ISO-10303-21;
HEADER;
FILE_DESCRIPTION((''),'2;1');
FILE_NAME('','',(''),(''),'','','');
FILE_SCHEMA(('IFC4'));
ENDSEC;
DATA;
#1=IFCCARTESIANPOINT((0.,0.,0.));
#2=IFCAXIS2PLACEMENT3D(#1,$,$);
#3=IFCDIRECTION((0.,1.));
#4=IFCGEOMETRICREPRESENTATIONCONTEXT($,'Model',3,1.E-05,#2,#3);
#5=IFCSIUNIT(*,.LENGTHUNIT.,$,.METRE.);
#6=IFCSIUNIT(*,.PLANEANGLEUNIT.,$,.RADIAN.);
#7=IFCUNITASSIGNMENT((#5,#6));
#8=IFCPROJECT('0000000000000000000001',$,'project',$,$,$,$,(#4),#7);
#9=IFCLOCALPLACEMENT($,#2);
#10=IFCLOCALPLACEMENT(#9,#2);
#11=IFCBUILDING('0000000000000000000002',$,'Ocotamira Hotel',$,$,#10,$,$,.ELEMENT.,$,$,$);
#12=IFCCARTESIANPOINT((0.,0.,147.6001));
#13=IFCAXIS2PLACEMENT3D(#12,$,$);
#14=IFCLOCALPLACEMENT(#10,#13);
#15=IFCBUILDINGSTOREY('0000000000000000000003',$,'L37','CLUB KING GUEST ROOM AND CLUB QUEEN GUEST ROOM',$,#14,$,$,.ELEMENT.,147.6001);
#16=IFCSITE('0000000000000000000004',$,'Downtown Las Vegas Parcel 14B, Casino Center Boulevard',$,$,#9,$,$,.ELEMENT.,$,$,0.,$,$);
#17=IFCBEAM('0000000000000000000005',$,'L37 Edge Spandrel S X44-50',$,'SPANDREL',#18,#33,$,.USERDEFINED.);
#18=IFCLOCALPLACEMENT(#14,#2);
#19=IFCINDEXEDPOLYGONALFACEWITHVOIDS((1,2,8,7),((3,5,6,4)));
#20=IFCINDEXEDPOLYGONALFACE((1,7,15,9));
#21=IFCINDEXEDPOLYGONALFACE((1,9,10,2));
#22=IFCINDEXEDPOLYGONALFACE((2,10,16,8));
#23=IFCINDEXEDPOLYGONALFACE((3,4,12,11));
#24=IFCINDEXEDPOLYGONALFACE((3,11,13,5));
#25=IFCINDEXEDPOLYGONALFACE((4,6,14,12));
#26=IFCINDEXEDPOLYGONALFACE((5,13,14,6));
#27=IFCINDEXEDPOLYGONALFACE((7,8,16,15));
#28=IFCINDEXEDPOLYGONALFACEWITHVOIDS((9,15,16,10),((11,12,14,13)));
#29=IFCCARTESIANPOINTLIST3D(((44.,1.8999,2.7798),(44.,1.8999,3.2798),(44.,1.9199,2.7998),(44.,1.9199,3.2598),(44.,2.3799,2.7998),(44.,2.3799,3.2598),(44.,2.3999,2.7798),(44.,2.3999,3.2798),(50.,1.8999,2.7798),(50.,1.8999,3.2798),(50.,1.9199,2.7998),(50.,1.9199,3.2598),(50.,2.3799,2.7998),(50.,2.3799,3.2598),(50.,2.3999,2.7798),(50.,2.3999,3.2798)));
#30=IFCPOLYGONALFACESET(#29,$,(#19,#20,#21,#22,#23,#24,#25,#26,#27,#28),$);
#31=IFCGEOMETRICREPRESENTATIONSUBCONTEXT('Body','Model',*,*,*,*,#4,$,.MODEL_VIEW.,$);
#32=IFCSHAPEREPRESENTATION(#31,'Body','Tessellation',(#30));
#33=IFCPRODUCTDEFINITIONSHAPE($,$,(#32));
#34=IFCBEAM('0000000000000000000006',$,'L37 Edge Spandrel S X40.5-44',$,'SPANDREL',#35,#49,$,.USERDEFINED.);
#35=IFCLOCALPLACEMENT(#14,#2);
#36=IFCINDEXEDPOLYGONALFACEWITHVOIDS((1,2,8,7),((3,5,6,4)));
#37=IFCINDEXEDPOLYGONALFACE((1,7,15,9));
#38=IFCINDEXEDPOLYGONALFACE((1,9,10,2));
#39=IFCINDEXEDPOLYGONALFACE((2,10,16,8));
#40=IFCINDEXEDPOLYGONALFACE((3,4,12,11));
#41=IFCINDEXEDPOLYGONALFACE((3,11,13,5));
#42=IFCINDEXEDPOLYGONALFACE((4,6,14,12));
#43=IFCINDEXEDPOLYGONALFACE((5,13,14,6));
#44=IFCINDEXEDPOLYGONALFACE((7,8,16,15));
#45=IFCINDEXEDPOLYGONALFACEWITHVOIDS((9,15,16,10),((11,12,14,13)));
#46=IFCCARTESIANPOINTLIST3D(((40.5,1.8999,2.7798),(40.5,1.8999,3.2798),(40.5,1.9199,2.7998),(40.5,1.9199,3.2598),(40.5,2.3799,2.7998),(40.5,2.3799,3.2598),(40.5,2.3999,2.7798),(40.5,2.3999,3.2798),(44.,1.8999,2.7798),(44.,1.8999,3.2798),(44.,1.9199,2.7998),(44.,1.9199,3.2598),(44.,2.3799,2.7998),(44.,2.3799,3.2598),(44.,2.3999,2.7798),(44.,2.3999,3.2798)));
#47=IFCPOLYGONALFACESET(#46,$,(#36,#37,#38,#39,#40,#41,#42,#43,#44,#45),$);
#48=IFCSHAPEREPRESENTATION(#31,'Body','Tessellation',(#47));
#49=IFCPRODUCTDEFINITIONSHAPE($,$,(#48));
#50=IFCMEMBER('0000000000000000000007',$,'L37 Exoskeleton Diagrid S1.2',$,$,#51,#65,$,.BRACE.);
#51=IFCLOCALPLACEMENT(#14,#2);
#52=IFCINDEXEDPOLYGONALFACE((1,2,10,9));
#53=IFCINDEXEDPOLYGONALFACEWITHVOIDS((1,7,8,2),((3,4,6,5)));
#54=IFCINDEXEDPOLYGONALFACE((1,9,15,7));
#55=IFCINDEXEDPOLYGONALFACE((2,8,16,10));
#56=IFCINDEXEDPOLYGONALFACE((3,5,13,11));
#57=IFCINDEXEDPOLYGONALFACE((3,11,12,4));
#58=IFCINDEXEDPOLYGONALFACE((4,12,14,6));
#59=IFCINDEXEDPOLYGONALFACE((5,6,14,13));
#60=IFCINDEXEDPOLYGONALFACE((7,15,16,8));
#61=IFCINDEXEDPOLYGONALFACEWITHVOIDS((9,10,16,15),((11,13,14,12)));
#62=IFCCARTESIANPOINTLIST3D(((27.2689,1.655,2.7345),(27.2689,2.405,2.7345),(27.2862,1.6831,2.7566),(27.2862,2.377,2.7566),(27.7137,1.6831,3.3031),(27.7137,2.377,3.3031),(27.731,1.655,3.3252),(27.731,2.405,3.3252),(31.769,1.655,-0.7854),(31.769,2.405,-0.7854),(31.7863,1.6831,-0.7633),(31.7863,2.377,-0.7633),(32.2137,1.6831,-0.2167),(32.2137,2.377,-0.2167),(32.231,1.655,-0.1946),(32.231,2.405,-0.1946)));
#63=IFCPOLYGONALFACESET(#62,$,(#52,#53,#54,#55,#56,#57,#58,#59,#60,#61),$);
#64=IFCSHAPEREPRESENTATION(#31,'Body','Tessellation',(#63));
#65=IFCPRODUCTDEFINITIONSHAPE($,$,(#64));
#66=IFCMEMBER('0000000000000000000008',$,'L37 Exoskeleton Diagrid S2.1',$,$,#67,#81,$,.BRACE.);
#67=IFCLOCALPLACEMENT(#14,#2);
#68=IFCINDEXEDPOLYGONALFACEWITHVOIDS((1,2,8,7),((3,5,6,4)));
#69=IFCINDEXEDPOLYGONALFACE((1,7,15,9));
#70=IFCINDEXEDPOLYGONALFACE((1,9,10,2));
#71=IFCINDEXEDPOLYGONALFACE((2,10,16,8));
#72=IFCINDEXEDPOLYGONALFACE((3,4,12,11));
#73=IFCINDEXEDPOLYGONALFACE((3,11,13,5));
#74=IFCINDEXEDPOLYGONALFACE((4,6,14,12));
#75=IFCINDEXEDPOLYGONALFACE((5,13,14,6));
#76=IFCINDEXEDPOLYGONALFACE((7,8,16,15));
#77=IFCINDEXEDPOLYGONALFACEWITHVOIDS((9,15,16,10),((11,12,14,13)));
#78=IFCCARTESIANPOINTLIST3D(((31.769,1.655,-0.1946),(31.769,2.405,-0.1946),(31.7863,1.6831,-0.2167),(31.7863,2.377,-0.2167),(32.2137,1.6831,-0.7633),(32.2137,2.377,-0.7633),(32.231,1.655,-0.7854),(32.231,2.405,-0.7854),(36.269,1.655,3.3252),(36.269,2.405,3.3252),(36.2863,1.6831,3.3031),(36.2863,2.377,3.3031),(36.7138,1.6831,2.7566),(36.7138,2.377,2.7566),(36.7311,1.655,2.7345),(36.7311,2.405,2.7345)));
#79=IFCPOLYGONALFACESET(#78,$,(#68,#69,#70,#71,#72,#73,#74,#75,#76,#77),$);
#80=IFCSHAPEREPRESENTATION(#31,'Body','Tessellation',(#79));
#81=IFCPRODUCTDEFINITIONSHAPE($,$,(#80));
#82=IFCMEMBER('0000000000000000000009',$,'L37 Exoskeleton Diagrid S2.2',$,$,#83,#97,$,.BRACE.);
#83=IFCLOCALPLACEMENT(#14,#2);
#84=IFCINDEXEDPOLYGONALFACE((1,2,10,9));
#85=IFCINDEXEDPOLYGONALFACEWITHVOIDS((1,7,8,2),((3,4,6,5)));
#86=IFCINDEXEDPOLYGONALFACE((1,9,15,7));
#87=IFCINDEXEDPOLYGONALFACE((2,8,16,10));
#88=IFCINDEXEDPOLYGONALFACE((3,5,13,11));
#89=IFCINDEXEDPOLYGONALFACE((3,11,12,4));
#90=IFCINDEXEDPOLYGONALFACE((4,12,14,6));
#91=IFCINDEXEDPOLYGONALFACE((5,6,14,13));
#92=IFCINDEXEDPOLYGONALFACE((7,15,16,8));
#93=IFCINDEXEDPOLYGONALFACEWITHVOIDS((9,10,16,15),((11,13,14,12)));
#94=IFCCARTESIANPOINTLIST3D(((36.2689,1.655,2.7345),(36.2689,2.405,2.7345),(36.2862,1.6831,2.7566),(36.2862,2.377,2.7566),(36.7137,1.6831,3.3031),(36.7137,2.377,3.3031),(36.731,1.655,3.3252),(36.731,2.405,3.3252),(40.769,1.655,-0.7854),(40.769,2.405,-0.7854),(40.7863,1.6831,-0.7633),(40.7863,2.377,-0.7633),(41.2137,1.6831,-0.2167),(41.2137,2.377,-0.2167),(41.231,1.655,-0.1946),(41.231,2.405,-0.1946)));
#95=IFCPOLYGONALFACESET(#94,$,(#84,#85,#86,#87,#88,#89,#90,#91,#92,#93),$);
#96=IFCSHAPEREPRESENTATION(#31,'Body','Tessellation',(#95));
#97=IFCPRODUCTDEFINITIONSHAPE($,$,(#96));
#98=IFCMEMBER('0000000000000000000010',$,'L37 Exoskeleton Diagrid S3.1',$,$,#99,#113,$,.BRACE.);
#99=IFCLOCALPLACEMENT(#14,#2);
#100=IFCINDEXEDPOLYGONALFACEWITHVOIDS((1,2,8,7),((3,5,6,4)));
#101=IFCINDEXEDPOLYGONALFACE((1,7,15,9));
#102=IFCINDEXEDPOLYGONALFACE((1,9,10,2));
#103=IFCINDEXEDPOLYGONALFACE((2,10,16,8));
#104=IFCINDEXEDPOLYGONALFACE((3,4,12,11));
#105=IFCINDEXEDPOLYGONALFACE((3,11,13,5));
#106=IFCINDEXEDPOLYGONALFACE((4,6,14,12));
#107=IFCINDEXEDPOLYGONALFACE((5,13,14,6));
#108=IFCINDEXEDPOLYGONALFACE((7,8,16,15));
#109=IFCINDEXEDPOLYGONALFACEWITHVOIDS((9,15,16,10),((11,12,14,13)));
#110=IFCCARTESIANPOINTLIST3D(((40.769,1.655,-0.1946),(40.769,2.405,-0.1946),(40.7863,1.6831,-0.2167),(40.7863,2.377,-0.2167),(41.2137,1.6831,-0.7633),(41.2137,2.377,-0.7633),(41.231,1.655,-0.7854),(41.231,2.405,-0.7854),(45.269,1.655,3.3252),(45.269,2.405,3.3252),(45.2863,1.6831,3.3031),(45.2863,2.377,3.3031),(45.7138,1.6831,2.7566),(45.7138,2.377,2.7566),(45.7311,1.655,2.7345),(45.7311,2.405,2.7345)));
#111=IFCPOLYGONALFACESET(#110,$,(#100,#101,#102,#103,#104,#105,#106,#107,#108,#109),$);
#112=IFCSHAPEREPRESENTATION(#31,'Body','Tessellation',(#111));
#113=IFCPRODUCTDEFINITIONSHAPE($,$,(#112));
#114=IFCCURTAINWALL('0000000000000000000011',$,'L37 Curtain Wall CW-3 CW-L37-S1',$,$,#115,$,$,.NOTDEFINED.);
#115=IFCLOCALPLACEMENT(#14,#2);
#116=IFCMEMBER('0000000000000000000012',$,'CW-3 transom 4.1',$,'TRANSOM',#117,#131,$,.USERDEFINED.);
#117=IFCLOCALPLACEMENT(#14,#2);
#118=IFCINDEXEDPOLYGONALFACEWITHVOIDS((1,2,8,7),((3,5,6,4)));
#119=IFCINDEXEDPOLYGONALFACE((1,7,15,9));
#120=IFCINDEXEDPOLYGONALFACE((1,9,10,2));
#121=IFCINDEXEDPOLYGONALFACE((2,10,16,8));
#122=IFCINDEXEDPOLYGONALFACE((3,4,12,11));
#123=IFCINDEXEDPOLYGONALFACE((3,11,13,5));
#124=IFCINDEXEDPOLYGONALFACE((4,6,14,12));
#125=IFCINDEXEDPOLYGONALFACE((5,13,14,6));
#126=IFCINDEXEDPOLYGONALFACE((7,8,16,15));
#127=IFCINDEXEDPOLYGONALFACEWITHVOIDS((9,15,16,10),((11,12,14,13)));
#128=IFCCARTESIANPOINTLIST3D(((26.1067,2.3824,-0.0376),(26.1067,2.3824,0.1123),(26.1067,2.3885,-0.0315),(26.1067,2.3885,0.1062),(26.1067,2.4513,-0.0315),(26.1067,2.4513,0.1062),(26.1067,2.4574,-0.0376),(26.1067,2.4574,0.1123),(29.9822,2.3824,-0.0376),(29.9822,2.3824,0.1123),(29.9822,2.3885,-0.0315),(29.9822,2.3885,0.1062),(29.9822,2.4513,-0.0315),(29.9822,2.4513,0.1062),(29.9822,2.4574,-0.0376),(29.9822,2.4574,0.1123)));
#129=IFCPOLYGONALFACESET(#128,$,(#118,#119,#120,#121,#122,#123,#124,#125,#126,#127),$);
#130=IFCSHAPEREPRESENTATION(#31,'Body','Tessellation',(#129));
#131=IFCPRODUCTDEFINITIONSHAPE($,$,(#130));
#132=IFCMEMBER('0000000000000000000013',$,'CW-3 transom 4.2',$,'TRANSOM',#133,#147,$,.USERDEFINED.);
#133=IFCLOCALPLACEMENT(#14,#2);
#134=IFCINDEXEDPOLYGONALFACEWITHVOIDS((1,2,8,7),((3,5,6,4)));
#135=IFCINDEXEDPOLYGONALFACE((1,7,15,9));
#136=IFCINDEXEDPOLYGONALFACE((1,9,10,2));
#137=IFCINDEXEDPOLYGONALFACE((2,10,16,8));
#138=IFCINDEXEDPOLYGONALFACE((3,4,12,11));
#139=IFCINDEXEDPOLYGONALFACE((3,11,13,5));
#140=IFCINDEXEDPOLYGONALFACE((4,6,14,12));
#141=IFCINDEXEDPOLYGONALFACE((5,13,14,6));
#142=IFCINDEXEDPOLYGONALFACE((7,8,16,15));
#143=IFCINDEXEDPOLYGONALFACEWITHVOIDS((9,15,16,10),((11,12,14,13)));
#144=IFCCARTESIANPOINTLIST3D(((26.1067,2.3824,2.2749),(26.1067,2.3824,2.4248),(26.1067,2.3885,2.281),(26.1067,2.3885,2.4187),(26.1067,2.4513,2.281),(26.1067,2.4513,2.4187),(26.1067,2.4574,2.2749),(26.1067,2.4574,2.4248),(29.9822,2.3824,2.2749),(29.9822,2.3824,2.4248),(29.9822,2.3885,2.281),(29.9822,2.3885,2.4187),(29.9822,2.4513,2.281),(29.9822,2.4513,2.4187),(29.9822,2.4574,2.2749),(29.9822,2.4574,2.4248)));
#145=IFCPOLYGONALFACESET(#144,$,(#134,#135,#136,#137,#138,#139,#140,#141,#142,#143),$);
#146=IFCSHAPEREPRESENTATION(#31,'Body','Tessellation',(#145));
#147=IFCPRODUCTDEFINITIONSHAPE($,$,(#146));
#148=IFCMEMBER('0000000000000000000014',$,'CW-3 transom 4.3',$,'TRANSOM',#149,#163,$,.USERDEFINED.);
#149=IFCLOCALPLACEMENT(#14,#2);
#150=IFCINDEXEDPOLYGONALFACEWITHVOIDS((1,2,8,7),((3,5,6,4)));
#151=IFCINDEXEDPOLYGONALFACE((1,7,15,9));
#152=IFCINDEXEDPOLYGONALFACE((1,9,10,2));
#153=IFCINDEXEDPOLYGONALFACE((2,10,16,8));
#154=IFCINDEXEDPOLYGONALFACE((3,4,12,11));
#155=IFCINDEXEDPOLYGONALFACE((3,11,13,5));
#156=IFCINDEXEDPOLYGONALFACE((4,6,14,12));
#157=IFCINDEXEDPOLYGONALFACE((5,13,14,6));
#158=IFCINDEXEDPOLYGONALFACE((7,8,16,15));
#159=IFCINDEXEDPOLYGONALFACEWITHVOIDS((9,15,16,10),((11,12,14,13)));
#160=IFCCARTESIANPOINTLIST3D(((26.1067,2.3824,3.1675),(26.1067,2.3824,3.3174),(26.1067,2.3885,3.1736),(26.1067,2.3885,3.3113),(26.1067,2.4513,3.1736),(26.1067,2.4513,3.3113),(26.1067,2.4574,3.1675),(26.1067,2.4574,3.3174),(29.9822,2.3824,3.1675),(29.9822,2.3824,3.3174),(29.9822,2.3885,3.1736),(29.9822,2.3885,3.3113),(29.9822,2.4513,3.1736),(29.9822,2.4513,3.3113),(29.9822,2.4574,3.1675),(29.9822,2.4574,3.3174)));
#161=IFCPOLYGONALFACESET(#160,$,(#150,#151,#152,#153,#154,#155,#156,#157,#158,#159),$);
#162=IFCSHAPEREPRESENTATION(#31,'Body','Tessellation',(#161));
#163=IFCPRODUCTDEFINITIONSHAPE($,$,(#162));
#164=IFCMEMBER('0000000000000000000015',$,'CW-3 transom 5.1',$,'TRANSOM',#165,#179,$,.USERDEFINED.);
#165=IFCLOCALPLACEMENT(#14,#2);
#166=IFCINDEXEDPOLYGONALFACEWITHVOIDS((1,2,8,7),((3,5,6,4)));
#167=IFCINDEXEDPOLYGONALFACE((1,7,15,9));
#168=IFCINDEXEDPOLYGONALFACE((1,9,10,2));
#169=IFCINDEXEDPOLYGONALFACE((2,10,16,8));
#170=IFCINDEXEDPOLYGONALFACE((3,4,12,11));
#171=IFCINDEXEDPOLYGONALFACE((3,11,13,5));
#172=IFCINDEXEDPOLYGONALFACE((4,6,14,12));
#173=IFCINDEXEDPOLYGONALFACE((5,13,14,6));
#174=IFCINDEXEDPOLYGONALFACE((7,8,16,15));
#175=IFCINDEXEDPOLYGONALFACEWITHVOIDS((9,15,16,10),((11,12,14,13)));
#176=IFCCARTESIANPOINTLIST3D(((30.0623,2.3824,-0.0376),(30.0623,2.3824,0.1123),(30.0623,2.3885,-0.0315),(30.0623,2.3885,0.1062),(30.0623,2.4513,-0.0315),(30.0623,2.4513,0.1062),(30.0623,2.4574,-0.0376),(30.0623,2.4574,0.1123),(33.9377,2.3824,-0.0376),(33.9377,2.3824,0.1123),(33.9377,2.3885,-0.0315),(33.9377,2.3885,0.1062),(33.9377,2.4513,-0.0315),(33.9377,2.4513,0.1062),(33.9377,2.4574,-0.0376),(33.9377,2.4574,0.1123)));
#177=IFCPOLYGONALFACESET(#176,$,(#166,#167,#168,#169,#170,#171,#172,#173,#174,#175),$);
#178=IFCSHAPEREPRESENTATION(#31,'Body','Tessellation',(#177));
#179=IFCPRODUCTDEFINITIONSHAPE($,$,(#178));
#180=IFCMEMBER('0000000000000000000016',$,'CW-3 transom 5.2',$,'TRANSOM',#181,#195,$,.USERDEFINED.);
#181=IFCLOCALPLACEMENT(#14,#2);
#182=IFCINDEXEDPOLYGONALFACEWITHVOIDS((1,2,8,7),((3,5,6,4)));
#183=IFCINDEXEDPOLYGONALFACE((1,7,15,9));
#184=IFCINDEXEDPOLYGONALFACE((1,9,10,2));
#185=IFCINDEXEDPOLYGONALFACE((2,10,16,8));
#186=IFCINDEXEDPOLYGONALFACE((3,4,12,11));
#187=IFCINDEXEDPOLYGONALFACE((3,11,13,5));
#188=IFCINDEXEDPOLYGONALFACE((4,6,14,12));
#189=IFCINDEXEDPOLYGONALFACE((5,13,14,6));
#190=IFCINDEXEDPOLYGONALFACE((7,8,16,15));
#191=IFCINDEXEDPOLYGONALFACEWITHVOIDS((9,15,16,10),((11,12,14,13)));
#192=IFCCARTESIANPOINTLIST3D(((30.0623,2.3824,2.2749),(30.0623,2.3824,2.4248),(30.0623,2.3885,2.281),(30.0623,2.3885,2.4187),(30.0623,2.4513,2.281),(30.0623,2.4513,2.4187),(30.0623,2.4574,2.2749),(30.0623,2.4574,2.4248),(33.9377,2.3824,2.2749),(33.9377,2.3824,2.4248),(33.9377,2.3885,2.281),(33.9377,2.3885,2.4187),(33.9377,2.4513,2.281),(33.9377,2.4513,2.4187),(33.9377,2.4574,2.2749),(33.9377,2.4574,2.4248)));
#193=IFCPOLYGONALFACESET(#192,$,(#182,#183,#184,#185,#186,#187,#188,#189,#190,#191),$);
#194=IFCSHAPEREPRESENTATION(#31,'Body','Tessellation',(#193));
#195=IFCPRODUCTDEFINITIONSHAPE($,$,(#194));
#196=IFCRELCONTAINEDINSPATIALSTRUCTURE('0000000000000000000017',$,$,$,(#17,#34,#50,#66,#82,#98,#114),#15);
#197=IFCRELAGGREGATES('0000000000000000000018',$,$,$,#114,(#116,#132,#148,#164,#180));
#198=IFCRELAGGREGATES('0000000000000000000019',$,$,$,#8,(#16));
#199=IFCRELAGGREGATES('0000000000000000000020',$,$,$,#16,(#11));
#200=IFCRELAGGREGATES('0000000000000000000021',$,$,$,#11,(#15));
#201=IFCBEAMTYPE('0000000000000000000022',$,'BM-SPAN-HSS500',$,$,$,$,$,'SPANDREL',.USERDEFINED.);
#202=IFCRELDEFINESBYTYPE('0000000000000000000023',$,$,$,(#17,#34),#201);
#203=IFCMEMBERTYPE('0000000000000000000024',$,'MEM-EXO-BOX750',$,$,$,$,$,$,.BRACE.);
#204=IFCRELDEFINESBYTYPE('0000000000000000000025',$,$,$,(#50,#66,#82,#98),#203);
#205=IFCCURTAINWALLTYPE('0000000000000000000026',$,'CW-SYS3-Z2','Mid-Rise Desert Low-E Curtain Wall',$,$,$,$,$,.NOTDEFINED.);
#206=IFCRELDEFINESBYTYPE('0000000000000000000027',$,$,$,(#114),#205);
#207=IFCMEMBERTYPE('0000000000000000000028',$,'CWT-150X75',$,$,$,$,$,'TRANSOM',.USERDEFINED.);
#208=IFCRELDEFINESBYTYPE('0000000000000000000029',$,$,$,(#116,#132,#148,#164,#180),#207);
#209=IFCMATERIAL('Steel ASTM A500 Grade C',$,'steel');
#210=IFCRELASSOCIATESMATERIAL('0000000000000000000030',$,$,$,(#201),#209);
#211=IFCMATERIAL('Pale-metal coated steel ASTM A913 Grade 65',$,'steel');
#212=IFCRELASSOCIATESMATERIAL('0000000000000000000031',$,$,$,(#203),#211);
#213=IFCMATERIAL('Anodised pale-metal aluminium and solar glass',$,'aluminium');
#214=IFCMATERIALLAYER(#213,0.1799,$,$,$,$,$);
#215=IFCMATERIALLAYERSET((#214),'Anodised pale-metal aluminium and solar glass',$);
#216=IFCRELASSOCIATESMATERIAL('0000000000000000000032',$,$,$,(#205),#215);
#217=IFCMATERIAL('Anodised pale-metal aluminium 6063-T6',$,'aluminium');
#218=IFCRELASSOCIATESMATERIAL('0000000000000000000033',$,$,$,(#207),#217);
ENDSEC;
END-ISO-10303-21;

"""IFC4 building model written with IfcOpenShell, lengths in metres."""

from ifc_helpers import new_model, si_unit, direction, frame, origin, origin_2d, place, context, subcontext, project, spatial, hollow_rectangle, extrude, source, transform, mapped, material, layer, layer_set, material_profile, profile_set, type_object, element, aggregate, save


model = new_model("IFC4")

# Units and contexts
model_context = context("Model", 3, precision=1e-05, world=origin(), true_north=direction((0.0, 1.0)))
body_context = subcontext(model_context, "Body", "Model", "MODEL_VIEW")
ifc_project = project(units=[si_unit("LENGTHUNIT", "METRE"), si_unit("PLANEANGLEUNIT", "RADIAN")], contexts=[model_context])

# Site, building, storey
site_placement = place(None, origin())
site = spatial("IfcSite", under=ifc_project, at=site_placement, Name="Downtown Las Vegas Parcel 14B, Casino Center Boulevard", CompositionType="ELEMENT", RefElevation=0.0)
building_placement = place(site_placement, origin())
building = spatial("IfcBuilding", under=site, at=building_placement, Name="Ocotamira Hotel", CompositionType="ELEMENT")
storey_placement = place(building_placement, frame((0.0, 0.0, 147.6001)))
storey = spatial("IfcBuildingStorey", under=building, at=storey_placement, Name="L37", Description="CLUB KING GUEST ROOM AND CLUB QUEEN GUEST ROOM", CompositionType="ELEMENT", Elevation=147.6001)

# Beams
ifc_material_1 = material(Name="Steel ASTM A500 Grade C", Category="steel")
ifc_material_profile_1 = material_profile(ifc_material_1, hollow_rectangle(XDim=0.5, YDim=0.5, WallThickness=0.02, at=origin_2d()), Name="HSS500X500X20")
ifc_profile_set_1 = profile_set([ifc_material_profile_1], Name="Steel ASTM A500 Grade C")
beam_type = type_object("IfcBeamType", Name="BM-SPAN-HSS500", ElementType="SPANDREL", PredefinedType="USERDEFINED", material=ifc_profile_set_1)
shared_shape_1 = source(origin(), body_context, "Body", "SweptSolid", [
    extrude(hollow_rectangle(XDim=0.5, YDim=0.5, WallThickness=0.02, at=origin_2d()), origin(), (0.0, 0.0, 1.0), 6.0),
])
beam_1_placement = place(storey_placement, frame((44.0, 2.1499, 3.0298), z_axis=(1.0, 0.0, 0.0), x_axis=(0.0, 1.0, 0.0)))
element("IfcBeam", 1, at=beam_1_placement, inside=storey, type_object=beam_type, Name="L37 Edge Spandrel S X44-50", ObjectType="SPANDREL", PredefinedType="USERDEFINED", context=body_context, shape_type="MappedRepresentation", body=[
    mapped(shared_shape_1, transform((0.0, 0.0, 0.0), scale=1.0)),
])
shared_shape_2 = source(origin(), body_context, "Body", "SweptSolid", [
    extrude(hollow_rectangle(XDim=0.5, YDim=0.5, WallThickness=0.02, at=origin_2d()), origin(), (0.0, 0.0, 1.0), 3.5),
])
beam_2_placement = place(storey_placement, frame((40.5, 2.1499, 3.0298), z_axis=(1.0, 0.0, 0.0), x_axis=(0.0, 1.0, 0.0)))
element("IfcBeam", 2, at=beam_2_placement, inside=storey, type_object=beam_type, Name="L37 Edge Spandrel S X40.5-44", ObjectType="SPANDREL", PredefinedType="USERDEFINED", context=body_context, shape_type="MappedRepresentation", body=[
    mapped(shared_shape_2, transform((0.0, 0.0, 0.0), scale=1.0)),
])

# Members
ifc_material_2 = material(Name="Pale-metal coated steel ASTM A913 Grade 65", Category="steel")
ifc_material_profile_2 = material_profile(ifc_material_2, hollow_rectangle(XDim=0.75, YDim=0.75, WallThickness=0.0281, at=origin_2d()), Name="BOX750X750X28")
ifc_profile_set_2 = profile_set([ifc_material_profile_2], Name="Pale-metal coated steel ASTM A913 Grade 65")
member_type_1 = type_object("IfcMemberType", Name="MEM-EXO-BOX750", PredefinedType="BRACE", material=ifc_profile_set_2)
shared_shape_3 = source(origin(), body_context, "Body", "SweptSolid", [
    extrude(hollow_rectangle(XDim=0.75, YDim=0.75, WallThickness=0.0281, at=origin_2d()), origin(), (0.0, 0.0, 1.0), 5.7131),
])
for number, where, z_axis, x_axis, name in (
    (3, (32.0, 2.03, -0.49), (-0.787672, 0.0, 0.616095), (0.0, -1.0, 0.0), "L37 Exoskeleton Diagrid S1.2"),
    (4, (32.0, 2.03, -0.49), (0.787672, 0.0, 0.616095), (0.0, 1.0, 0.0), "L37 Exoskeleton Diagrid S2.1"),
    (5, (41.0, 2.03, -0.49), (-0.787672, 0.0, 0.616095), (0.0, -1.0, 0.0), "L37 Exoskeleton Diagrid S2.2"),
    (6, (41.0, 2.03, -0.49), (0.787672, 0.0, 0.616095), (0.0, 1.0, 0.0), "L37 Exoskeleton Diagrid S3.1"),
):
    element("IfcMember", number, at=place(storey_placement, frame(where, z_axis=z_axis, x_axis=x_axis)), inside=storey, type_object=member_type_1, Name=name, PredefinedType="BRACE", context=body_context, shape_type="MappedRepresentation", body=[
        mapped(shared_shape_3, transform((0.0, 0.0, 0.0), scale=1.0)),
    ])

# Curtain wall, members
ifc_material_3 = material(Name="Anodised pale-metal aluminium and solar glass", Category="aluminium")
ifc_layer_1 = layer(ifc_material_3, 0.1799)
ifc_layer_set_1 = layer_set([ifc_layer_1], Name="Anodised pale-metal aluminium and solar glass")
curtain_wall_type = type_object("IfcCurtainWallType", Name="CW-SYS3-Z2", Description="Mid-Rise Desert Low-E Curtain Wall", PredefinedType="NOTDEFINED", material=ifc_layer_set_1)
curtain_wall_placement = place(storey_placement, origin())
curtain_wall = element("IfcCurtainWall", 7, at=curtain_wall_placement, inside=storey, type_object=curtain_wall_type, Name="L37 Curtain Wall CW-3 CW-L37-S1", PredefinedType="NOTDEFINED")
ifc_material_4 = material(Name="Anodised pale-metal aluminium 6063-T6", Category="aluminium")
ifc_material_profile_3 = material_profile(ifc_material_4, hollow_rectangle(XDim=0.075, YDim=0.1499, WallThickness=0.0061, at=origin_2d()), Name="HSS150X75X6")
ifc_profile_set_3 = profile_set([ifc_material_profile_3], Name="Anodised pale-metal aluminium 6063-T6")
member_type_2 = type_object("IfcMemberType", Name="CWT-150X75", ElementType="TRANSOM", PredefinedType="USERDEFINED", material=ifc_profile_set_3)
shared_shape_4 = source(origin(), body_context, "Body", "SweptSolid", [
    extrude(hollow_rectangle(XDim=0.075, YDim=0.1499, WallThickness=0.0061, at=origin_2d()), origin(), (0.0, 0.0, 1.0), 3.8755),
])
member_1_placement = place(storey_placement, frame((26.1067, 2.4199, 0.0374), z_axis=(1.0, 0.0, 0.0), x_axis=(0.0, 1.0, 0.0)))
member_1 = element("IfcMember", 8, at=member_1_placement, type_object=member_type_2, Name="CW-3 transom 4.1", ObjectType="TRANSOM", PredefinedType="USERDEFINED", context=body_context, shape_type="MappedRepresentation", body=[
    mapped(shared_shape_4, transform((0.0, 0.0, 0.0), scale=1.0)),
])
member_2_placement = place(storey_placement, frame((26.1067, 2.4199, 2.3499), z_axis=(1.0, 0.0, 0.0), x_axis=(0.0, 1.0, 0.0)))
member_2 = element("IfcMember", 9, at=member_2_placement, type_object=member_type_2, Name="CW-3 transom 4.2", ObjectType="TRANSOM", PredefinedType="USERDEFINED", context=body_context, shape_type="MappedRepresentation", body=[
    mapped(shared_shape_4, transform((0.0, 0.0, 0.0), scale=1.0)),
])
member_3_placement = place(storey_placement, frame((26.1067, 2.4199, 3.2424), z_axis=(1.0, 0.0, 0.0), x_axis=(0.0, 1.0, 0.0)))
member_3 = element("IfcMember", 10, at=member_3_placement, type_object=member_type_2, Name="CW-3 transom 4.3", ObjectType="TRANSOM", PredefinedType="USERDEFINED", context=body_context, shape_type="MappedRepresentation", body=[
    mapped(shared_shape_4, transform((0.0, 0.0, 0.0), scale=1.0)),
])
member_4_placement = place(storey_placement, frame((30.0623, 2.4199, 0.0374), z_axis=(1.0, 0.0, 0.0), x_axis=(0.0, 1.0, 0.0)))
member_4 = element("IfcMember", 11, at=member_4_placement, type_object=member_type_2, Name="CW-3 transom 5.1", ObjectType="TRANSOM", PredefinedType="USERDEFINED", context=body_context, shape_type="MappedRepresentation", body=[
    mapped(shared_shape_4, transform((0.0, 0.0, 0.0), scale=1.0)),
])
member_5_placement = place(storey_placement, frame((30.0623, 2.4199, 2.3499), z_axis=(1.0, 0.0, 0.0), x_axis=(0.0, 1.0, 0.0)))
member_5 = element("IfcMember", 12, at=member_5_placement, type_object=member_type_2, Name="CW-3 transom 5.2", ObjectType="TRANSOM", PredefinedType="USERDEFINED", context=body_context, shape_type="MappedRepresentation", body=[
    mapped(shared_shape_4, transform((0.0, 0.0, 0.0), scale=1.0)),
])

aggregate(curtain_wall, [member_1, member_2, member_3, member_4, member_5])

save(model, "model.ifc")
